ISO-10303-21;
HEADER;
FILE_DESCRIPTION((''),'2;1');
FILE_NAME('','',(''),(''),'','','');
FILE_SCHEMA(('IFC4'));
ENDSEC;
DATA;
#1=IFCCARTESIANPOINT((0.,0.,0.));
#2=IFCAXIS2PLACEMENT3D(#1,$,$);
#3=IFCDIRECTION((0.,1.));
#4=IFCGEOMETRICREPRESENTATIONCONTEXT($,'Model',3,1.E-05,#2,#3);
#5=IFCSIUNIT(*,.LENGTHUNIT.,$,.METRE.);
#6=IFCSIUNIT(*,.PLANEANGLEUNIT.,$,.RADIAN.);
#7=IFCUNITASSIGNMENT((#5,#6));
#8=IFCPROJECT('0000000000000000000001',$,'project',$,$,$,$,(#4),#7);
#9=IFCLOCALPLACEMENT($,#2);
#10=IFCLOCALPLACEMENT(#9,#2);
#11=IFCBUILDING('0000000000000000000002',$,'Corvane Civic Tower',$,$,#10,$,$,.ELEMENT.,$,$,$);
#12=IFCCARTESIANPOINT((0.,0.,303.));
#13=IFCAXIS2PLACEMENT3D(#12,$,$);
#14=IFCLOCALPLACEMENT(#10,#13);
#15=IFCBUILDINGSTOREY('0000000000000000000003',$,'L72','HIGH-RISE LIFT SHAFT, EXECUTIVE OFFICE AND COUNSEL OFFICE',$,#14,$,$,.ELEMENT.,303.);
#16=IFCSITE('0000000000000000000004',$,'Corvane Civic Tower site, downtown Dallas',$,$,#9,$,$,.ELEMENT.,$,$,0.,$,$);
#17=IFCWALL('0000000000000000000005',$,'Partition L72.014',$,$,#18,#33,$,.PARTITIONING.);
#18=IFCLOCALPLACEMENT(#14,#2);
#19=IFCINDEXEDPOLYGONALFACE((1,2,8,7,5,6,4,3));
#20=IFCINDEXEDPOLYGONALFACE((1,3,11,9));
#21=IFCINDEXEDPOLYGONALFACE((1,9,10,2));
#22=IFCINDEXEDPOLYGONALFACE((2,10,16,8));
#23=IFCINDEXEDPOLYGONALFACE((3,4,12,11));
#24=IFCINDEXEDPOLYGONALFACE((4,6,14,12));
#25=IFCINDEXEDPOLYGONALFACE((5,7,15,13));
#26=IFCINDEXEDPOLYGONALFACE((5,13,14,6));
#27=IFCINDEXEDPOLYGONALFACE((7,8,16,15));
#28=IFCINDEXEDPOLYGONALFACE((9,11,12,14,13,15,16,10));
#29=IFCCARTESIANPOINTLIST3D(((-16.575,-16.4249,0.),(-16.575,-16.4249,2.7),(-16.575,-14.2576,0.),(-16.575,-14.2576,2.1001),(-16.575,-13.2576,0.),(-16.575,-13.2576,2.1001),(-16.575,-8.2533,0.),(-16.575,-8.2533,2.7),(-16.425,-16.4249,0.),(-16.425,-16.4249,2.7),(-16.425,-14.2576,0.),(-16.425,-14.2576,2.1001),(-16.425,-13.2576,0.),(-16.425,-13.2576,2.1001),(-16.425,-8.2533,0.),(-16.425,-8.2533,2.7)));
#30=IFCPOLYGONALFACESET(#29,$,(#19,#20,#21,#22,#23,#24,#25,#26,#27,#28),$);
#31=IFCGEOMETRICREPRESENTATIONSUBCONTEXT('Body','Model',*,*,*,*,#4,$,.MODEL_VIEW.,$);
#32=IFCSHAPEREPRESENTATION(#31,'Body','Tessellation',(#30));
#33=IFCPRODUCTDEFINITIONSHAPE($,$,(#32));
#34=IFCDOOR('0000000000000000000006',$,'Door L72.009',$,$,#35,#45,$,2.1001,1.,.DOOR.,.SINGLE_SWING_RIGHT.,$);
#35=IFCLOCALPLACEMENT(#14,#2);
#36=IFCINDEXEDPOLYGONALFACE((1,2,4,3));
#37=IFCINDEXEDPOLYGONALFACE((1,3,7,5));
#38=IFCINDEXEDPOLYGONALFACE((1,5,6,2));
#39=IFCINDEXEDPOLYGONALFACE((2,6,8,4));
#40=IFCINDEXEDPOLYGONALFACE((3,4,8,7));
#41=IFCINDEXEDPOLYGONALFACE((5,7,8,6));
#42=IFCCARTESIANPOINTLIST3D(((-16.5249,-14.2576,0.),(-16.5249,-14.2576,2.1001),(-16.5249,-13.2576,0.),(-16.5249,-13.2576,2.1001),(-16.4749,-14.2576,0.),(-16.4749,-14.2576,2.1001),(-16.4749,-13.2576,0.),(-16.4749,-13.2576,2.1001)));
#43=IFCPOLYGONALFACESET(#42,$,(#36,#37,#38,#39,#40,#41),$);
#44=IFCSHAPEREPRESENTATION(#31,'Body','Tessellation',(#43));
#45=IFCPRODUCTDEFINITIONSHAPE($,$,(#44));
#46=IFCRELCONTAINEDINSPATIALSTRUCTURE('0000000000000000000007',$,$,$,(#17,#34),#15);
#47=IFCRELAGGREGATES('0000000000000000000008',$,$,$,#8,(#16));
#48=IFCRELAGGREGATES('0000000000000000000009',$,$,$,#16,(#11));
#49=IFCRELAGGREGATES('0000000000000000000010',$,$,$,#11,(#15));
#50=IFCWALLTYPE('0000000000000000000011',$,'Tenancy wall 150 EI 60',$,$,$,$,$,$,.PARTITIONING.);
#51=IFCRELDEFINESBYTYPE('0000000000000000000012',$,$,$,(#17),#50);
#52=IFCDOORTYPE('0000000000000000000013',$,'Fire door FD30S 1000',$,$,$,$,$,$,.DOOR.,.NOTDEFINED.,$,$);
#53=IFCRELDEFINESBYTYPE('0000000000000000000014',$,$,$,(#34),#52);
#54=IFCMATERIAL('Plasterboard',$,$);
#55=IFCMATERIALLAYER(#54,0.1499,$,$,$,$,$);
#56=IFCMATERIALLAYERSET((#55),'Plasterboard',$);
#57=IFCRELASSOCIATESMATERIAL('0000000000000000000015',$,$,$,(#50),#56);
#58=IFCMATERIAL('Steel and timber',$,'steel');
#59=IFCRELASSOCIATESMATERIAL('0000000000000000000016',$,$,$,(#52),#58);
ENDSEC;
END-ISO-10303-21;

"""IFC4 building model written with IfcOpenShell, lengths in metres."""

from ifc_helpers import new_model, si_unit, direction, frame, frame_2d, origin, place, context, subcontext, project, spatial, rectangle, extrude, material, layer, layer_set, type_object, element, fill, save


model = new_model("IFC4")

# Units and contexts
model_context = context("Model", 3, precision=1e-05, world=origin(), true_north=direction((0.0, 1.0)))
body_context = subcontext(model_context, "Body", "Model", "MODEL_VIEW")
ifc_project = project(units=[si_unit("LENGTHUNIT", "METRE"), si_unit("PLANEANGLEUNIT", "RADIAN")], contexts=[model_context])

# Site, building, storey
site_placement = place(None, origin())
site = spatial("IfcSite", under=ifc_project, at=site_placement, Name="Corvane Civic Tower site, downtown Dallas", CompositionType="ELEMENT", RefElevation=0.0)
building_placement = place(site_placement, origin())
building = spatial("IfcBuilding", under=site, at=building_placement, Name="Corvane Civic Tower", CompositionType="ELEMENT")
storey_placement = place(building_placement, frame((0.0, 0.0, 303.0)))
storey = spatial("IfcBuildingStorey", under=building, at=storey_placement, Name="L72", Description="HIGH-RISE LIFT SHAFT, EXECUTIVE OFFICE AND COUNSEL OFFICE", CompositionType="ELEMENT", Elevation=303.0)

# Shared definitions
ifc_material_1 = material(Name="Plasterboard")
ifc_layer_1 = layer(ifc_material_1, 0.1499)
ifc_layer_set_1 = layer_set([ifc_layer_1], Name="Plasterboard")
wall_type_1 = type_object("IfcWallType", Name="Tenancy wall 150 EI 60", PredefinedType="PARTITIONING", material=ifc_layer_set_1)

# Wall, opening, door
wall_1_placement = place(storey_placement, frame((-16.5, -16.425, 0.0), z_axis=(0.0, 0.0, 1.0), x_axis=(0.0, 1.0, 0.0)))
wall_1 = element("IfcWall", 1, at=wall_1_placement, inside=storey, type_object=wall_type_1, Name="Partition L72.014", PredefinedType="PARTITIONING", context=body_context, shape_type="SweptSolid", body=[
    extrude(rectangle(XDim=8.1716, YDim=0.1499, at=frame_2d((4.0859, 0.0))), origin(), (0.0, 0.0, 1.0), 2.7),
])
opening_1_placement = place(wall_1_placement, frame((2.1675, 0.0, 0.0)))
opening_1 = element("IfcOpeningElement", 2, at=opening_1_placement, cuts=wall_1, PredefinedType="OPENING", context=body_context, shape_type="SweptSolid", body=[
    extrude(rectangle(XDim=1.0, YDim=2.1001, at=frame_2d((0.5, 1.05))), frame((0.0, 0.085, 0.0), z_axis=(0.0, -1.0, 0.0), x_axis=(1.0, 0.0, 0.0)), (0.0, 0.0, 1.0), 0.1699),
])
ifc_material_2 = material(Name="Steel and timber", Category="steel")
door_type_1 = type_object("IfcDoorType", Name="Fire door FD30S 1000", OperationType="NOTDEFINED", PredefinedType="DOOR", material=ifc_material_2)
door_1_placement = place(opening_1_placement, origin())
door_1 = element("IfcDoor", 3, at=door_1_placement, inside=storey, type_object=door_type_1, Name="Door L72.009", OperationType="SINGLE_SWING_RIGHT", OverallHeight=2.1001, OverallWidth=1.0, PredefinedType="DOOR", context=body_context, shape_type="SweptSolid", body=[
    extrude(rectangle(XDim=1.0, YDim=2.1001, at=frame_2d((0.5, 1.05))), frame((0.0, 0.0249, 0.0), z_axis=(0.0, -1.0, 0.0), x_axis=(1.0, 0.0, 0.0)), (0.0, 0.0, 1.0), 0.05),
])
fill(opening_1, door_1)

save(model, "model.ifc")
